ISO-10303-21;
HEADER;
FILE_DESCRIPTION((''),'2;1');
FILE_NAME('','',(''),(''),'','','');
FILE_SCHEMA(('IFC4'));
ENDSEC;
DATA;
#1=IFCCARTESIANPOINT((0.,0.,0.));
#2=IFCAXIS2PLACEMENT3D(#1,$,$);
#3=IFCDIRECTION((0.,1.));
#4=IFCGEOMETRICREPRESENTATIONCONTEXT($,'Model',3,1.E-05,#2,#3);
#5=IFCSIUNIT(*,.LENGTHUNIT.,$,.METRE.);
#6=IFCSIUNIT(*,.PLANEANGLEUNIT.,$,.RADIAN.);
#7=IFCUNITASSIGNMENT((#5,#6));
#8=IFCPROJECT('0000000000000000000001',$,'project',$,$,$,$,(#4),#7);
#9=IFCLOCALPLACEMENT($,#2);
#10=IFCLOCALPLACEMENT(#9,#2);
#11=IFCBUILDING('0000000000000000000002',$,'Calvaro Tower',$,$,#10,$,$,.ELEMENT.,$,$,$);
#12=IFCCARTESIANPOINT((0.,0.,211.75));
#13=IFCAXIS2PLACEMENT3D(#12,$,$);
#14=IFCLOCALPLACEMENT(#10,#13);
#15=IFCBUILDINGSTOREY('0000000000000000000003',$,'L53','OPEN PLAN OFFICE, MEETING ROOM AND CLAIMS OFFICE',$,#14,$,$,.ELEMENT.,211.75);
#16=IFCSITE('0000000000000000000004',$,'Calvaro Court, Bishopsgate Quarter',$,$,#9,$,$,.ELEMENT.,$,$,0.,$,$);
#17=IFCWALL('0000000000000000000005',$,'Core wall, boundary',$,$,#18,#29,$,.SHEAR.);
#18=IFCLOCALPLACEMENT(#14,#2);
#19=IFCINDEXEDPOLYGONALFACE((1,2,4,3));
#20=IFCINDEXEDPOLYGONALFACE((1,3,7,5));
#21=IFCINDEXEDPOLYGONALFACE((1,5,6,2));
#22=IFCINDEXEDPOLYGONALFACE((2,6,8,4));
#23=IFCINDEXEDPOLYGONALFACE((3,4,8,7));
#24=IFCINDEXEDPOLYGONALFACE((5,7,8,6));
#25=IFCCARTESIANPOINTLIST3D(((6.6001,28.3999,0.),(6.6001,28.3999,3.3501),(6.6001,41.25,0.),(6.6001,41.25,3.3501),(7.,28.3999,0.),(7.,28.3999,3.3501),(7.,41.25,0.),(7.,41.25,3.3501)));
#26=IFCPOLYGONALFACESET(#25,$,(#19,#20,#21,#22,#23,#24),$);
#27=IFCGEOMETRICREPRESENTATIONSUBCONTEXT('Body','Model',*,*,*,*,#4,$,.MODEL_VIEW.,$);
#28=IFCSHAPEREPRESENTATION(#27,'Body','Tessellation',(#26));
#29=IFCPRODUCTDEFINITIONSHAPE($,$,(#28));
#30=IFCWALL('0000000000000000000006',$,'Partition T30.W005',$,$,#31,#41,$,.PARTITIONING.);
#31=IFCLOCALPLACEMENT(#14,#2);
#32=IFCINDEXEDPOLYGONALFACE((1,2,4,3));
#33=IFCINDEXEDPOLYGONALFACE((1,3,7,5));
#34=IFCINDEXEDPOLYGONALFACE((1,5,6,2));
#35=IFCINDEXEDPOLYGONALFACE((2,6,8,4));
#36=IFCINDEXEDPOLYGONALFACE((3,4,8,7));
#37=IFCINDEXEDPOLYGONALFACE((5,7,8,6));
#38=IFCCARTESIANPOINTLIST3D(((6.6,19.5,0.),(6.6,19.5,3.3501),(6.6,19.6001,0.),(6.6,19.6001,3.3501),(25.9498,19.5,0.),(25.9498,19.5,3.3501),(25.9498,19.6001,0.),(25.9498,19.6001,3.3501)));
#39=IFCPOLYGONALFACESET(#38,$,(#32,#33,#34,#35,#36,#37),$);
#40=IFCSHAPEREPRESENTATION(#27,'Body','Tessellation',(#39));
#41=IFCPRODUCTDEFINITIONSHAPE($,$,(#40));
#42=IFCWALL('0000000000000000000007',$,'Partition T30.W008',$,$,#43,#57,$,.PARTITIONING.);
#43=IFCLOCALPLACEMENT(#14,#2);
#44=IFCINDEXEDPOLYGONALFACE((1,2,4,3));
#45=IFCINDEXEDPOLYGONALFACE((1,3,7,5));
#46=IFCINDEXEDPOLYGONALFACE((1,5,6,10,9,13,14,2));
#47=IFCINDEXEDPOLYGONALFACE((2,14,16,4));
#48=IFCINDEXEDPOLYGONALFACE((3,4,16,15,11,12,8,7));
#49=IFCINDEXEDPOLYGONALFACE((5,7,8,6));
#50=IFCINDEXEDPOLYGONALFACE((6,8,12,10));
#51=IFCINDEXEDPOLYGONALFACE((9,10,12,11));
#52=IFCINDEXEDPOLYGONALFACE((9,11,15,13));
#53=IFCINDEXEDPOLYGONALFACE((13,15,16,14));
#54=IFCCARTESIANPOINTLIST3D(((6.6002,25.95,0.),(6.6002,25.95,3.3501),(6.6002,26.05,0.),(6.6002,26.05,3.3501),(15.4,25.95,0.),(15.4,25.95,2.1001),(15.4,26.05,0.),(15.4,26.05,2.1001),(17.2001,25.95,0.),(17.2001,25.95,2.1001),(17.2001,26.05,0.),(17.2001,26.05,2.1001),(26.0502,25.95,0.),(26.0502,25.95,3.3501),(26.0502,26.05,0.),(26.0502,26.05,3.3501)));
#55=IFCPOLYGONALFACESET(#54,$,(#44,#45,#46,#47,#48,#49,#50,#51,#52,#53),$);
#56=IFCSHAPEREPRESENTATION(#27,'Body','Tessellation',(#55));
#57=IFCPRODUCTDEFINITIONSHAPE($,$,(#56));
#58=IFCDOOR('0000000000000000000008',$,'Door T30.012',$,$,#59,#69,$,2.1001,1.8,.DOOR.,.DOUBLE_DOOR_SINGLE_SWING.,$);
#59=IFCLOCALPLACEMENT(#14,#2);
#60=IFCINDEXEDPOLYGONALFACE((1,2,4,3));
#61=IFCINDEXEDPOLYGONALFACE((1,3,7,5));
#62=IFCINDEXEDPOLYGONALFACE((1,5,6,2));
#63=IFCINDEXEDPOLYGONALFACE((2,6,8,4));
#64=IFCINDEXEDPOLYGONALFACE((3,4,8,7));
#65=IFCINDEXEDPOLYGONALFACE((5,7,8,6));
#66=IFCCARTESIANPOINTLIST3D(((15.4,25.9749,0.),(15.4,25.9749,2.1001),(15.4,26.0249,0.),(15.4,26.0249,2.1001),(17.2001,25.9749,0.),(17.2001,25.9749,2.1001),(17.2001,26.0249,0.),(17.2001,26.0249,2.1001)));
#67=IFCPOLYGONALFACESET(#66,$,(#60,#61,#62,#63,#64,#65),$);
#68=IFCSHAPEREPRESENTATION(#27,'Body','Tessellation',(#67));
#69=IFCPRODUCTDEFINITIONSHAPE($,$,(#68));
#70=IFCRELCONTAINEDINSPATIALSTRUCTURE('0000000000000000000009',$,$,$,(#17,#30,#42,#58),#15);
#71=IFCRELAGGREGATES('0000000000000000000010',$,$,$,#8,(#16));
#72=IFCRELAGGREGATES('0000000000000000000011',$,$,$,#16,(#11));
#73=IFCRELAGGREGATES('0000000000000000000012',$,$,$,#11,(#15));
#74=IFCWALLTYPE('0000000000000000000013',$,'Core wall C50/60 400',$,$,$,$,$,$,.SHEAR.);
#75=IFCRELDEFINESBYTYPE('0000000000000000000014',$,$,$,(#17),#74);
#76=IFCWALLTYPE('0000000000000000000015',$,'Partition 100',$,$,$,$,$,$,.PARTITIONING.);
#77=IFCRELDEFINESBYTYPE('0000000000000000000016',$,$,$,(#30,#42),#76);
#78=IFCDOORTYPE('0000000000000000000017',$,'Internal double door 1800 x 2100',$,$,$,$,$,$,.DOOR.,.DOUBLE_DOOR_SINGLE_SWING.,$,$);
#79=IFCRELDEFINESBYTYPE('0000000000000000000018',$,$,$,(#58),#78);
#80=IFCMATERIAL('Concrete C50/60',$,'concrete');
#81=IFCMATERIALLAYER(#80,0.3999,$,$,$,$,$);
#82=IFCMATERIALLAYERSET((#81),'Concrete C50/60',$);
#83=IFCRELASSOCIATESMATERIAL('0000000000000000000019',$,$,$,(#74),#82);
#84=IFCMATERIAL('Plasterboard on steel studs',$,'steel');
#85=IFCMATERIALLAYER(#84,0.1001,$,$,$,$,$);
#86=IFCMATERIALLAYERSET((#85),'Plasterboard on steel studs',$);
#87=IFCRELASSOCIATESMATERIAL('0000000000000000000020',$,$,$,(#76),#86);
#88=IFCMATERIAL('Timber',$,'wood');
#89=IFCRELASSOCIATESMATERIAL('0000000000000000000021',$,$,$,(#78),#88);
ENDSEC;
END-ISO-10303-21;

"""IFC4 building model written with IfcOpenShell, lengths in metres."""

from ifc_helpers import new_model, si_unit, direction, frame, frame_2d, origin, place, context, subcontext, project, spatial, rectangle, extrude, material, layer, layer_set, type_object, element, fill, save


model = new_model("IFC4")

# Units and contexts
model_context = context("Model", 3, precision=1e-05, world=origin(), true_north=direction((0.0, 1.0)))
body_context = subcontext(model_context, "Body", "Model", "MODEL_VIEW")
ifc_project = project(units=[si_unit("LENGTHUNIT", "METRE"), si_unit("PLANEANGLEUNIT", "RADIAN")], contexts=[model_context])

# Site, building, storey
site_placement = place(None, origin())
site = spatial("IfcSite", under=ifc_project, at=site_placement, Name="Calvaro Court, Bishopsgate Quarter", CompositionType="ELEMENT", RefElevation=0.0)
building_placement = place(site_placement, origin())
building = spatial("IfcBuilding", under=site, at=building_placement, Name="Calvaro Tower", CompositionType="ELEMENT")
storey_placement = place(building_placement, frame((0.0, 0.0, 211.75)))
storey = spatial("IfcBuildingStorey", under=building, at=storey_placement, Name="L53", Description="OPEN PLAN OFFICE, MEETING ROOM AND CLAIMS OFFICE", CompositionType="ELEMENT", Elevation=211.75)

# Shared definitions
ifc_material_1 = material(Name="Concrete C50/60", Category="concrete")
ifc_layer_1 = layer(ifc_material_1, 0.3999)
ifc_layer_set_1 = layer_set([ifc_layer_1], Name="Concrete C50/60")
wall_type_1 = type_object("IfcWallType", Name="Core wall C50/60 400", PredefinedType="SHEAR", material=ifc_layer_set_1)

# Walls
wall_1_placement = place(storey_placement, frame((6.8, 28.3999, 0.0), z_axis=(0.0, 0.0, 1.0), x_axis=(0.0, 1.0, 0.0)))
element("IfcWall", 1, at=wall_1_placement, inside=storey, type_object=wall_type_1, Name="Core wall, boundary", PredefinedType="SHEAR", context=body_context, shape_type="SweptSolid", body=[
    extrude(rectangle(XDim=12.8501, YDim=0.3999, at=frame_2d((6.425, 0.0))), origin(), (0.0, 0.0, 1.0), 3.3501),
])
ifc_material_2 = material(Name="Plasterboard on steel studs", Category="steel")
ifc_layer_2 = layer(ifc_material_2, 0.1001)
ifc_layer_set_2 = layer_set([ifc_layer_2], Name="Plasterboard on steel studs")
wall_type_2 = type_object("IfcWallType", Name="Partition 100", PredefinedType="PARTITIONING", material=ifc_layer_set_2)
wall_2_placement = place(storey_placement, frame((6.6001, 19.55, 0.0), z_axis=(0.0, 0.0, 1.0), x_axis=(1.0, 0.0, 0.0)))
element("IfcWall", 2, at=wall_2_placement, inside=storey, type_object=wall_type_2, Name="Partition T30.W005", PredefinedType="PARTITIONING", context=body_context, shape_type="SweptSolid", body=[
    extrude(rectangle(XDim=19.3499, YDim=0.1001, at=frame_2d((9.6748, 0.0))), origin(), (0.0, 0.0, 1.0), 3.3501),
])

# Wall, opening, door
wall_3_placement = place(storey_placement, frame((6.6001, 26.0, 0.0), z_axis=(0.0, 0.0, 1.0), x_axis=(1.0, 0.0, 0.0)))
wall_3 = element("IfcWall", 3, at=wall_3_placement, inside=storey, type_object=wall_type_2, Name="Partition T30.W008", PredefinedType="PARTITIONING", context=body_context, shape_type="SweptSolid", body=[
    extrude(rectangle(XDim=19.45, YDim=0.1001, at=frame_2d((9.7251, 0.0))), origin(), (0.0, 0.0, 1.0), 3.3501),
])
opening_1_placement = place(wall_3_placement, frame((8.8, 0.0, 0.0)))
opening_1 = element("IfcOpeningElement", 4, at=opening_1_placement, cuts=wall_3, PredefinedType="OPENING", context=body_context, shape_type="SweptSolid", body=[
    extrude(rectangle(XDim=1.8, YDim=2.1001, at=frame_2d((0.8999, 1.05))), frame((0.0, 0.0601, 0.0), z_axis=(0.0, -1.0, 0.0), x_axis=(1.0, 0.0, 0.0)), (0.0, 0.0, 1.0), 0.1201),
])
ifc_material_3 = material(Name="Timber", Category="wood")
door_type_1 = type_object("IfcDoorType", Name="Internal double door 1800 x 2100", OperationType="DOUBLE_DOOR_SINGLE_SWING", PredefinedType="DOOR", material=ifc_material_3)
door_1_placement = place(opening_1_placement, origin())
door_1 = element("IfcDoor", 5, at=door_1_placement, inside=storey, type_object=door_type_1, Name="Door T30.012", OperationType="DOUBLE_DOOR_SINGLE_SWING", OverallHeight=2.1001, OverallWidth=1.8, PredefinedType="DOOR", context=body_context, shape_type="SweptSolid", body=[
    extrude(rectangle(XDim=1.8, YDim=2.1001, at=frame_2d((0.8999, 1.05))), frame((0.0, 0.0249, 0.0), z_axis=(0.0, -1.0, 0.0), x_axis=(1.0, 0.0, 0.0)), (0.0, 0.0, 1.0), 0.05),
])
fill(opening_1, door_1)

save(model, "model.ifc")
